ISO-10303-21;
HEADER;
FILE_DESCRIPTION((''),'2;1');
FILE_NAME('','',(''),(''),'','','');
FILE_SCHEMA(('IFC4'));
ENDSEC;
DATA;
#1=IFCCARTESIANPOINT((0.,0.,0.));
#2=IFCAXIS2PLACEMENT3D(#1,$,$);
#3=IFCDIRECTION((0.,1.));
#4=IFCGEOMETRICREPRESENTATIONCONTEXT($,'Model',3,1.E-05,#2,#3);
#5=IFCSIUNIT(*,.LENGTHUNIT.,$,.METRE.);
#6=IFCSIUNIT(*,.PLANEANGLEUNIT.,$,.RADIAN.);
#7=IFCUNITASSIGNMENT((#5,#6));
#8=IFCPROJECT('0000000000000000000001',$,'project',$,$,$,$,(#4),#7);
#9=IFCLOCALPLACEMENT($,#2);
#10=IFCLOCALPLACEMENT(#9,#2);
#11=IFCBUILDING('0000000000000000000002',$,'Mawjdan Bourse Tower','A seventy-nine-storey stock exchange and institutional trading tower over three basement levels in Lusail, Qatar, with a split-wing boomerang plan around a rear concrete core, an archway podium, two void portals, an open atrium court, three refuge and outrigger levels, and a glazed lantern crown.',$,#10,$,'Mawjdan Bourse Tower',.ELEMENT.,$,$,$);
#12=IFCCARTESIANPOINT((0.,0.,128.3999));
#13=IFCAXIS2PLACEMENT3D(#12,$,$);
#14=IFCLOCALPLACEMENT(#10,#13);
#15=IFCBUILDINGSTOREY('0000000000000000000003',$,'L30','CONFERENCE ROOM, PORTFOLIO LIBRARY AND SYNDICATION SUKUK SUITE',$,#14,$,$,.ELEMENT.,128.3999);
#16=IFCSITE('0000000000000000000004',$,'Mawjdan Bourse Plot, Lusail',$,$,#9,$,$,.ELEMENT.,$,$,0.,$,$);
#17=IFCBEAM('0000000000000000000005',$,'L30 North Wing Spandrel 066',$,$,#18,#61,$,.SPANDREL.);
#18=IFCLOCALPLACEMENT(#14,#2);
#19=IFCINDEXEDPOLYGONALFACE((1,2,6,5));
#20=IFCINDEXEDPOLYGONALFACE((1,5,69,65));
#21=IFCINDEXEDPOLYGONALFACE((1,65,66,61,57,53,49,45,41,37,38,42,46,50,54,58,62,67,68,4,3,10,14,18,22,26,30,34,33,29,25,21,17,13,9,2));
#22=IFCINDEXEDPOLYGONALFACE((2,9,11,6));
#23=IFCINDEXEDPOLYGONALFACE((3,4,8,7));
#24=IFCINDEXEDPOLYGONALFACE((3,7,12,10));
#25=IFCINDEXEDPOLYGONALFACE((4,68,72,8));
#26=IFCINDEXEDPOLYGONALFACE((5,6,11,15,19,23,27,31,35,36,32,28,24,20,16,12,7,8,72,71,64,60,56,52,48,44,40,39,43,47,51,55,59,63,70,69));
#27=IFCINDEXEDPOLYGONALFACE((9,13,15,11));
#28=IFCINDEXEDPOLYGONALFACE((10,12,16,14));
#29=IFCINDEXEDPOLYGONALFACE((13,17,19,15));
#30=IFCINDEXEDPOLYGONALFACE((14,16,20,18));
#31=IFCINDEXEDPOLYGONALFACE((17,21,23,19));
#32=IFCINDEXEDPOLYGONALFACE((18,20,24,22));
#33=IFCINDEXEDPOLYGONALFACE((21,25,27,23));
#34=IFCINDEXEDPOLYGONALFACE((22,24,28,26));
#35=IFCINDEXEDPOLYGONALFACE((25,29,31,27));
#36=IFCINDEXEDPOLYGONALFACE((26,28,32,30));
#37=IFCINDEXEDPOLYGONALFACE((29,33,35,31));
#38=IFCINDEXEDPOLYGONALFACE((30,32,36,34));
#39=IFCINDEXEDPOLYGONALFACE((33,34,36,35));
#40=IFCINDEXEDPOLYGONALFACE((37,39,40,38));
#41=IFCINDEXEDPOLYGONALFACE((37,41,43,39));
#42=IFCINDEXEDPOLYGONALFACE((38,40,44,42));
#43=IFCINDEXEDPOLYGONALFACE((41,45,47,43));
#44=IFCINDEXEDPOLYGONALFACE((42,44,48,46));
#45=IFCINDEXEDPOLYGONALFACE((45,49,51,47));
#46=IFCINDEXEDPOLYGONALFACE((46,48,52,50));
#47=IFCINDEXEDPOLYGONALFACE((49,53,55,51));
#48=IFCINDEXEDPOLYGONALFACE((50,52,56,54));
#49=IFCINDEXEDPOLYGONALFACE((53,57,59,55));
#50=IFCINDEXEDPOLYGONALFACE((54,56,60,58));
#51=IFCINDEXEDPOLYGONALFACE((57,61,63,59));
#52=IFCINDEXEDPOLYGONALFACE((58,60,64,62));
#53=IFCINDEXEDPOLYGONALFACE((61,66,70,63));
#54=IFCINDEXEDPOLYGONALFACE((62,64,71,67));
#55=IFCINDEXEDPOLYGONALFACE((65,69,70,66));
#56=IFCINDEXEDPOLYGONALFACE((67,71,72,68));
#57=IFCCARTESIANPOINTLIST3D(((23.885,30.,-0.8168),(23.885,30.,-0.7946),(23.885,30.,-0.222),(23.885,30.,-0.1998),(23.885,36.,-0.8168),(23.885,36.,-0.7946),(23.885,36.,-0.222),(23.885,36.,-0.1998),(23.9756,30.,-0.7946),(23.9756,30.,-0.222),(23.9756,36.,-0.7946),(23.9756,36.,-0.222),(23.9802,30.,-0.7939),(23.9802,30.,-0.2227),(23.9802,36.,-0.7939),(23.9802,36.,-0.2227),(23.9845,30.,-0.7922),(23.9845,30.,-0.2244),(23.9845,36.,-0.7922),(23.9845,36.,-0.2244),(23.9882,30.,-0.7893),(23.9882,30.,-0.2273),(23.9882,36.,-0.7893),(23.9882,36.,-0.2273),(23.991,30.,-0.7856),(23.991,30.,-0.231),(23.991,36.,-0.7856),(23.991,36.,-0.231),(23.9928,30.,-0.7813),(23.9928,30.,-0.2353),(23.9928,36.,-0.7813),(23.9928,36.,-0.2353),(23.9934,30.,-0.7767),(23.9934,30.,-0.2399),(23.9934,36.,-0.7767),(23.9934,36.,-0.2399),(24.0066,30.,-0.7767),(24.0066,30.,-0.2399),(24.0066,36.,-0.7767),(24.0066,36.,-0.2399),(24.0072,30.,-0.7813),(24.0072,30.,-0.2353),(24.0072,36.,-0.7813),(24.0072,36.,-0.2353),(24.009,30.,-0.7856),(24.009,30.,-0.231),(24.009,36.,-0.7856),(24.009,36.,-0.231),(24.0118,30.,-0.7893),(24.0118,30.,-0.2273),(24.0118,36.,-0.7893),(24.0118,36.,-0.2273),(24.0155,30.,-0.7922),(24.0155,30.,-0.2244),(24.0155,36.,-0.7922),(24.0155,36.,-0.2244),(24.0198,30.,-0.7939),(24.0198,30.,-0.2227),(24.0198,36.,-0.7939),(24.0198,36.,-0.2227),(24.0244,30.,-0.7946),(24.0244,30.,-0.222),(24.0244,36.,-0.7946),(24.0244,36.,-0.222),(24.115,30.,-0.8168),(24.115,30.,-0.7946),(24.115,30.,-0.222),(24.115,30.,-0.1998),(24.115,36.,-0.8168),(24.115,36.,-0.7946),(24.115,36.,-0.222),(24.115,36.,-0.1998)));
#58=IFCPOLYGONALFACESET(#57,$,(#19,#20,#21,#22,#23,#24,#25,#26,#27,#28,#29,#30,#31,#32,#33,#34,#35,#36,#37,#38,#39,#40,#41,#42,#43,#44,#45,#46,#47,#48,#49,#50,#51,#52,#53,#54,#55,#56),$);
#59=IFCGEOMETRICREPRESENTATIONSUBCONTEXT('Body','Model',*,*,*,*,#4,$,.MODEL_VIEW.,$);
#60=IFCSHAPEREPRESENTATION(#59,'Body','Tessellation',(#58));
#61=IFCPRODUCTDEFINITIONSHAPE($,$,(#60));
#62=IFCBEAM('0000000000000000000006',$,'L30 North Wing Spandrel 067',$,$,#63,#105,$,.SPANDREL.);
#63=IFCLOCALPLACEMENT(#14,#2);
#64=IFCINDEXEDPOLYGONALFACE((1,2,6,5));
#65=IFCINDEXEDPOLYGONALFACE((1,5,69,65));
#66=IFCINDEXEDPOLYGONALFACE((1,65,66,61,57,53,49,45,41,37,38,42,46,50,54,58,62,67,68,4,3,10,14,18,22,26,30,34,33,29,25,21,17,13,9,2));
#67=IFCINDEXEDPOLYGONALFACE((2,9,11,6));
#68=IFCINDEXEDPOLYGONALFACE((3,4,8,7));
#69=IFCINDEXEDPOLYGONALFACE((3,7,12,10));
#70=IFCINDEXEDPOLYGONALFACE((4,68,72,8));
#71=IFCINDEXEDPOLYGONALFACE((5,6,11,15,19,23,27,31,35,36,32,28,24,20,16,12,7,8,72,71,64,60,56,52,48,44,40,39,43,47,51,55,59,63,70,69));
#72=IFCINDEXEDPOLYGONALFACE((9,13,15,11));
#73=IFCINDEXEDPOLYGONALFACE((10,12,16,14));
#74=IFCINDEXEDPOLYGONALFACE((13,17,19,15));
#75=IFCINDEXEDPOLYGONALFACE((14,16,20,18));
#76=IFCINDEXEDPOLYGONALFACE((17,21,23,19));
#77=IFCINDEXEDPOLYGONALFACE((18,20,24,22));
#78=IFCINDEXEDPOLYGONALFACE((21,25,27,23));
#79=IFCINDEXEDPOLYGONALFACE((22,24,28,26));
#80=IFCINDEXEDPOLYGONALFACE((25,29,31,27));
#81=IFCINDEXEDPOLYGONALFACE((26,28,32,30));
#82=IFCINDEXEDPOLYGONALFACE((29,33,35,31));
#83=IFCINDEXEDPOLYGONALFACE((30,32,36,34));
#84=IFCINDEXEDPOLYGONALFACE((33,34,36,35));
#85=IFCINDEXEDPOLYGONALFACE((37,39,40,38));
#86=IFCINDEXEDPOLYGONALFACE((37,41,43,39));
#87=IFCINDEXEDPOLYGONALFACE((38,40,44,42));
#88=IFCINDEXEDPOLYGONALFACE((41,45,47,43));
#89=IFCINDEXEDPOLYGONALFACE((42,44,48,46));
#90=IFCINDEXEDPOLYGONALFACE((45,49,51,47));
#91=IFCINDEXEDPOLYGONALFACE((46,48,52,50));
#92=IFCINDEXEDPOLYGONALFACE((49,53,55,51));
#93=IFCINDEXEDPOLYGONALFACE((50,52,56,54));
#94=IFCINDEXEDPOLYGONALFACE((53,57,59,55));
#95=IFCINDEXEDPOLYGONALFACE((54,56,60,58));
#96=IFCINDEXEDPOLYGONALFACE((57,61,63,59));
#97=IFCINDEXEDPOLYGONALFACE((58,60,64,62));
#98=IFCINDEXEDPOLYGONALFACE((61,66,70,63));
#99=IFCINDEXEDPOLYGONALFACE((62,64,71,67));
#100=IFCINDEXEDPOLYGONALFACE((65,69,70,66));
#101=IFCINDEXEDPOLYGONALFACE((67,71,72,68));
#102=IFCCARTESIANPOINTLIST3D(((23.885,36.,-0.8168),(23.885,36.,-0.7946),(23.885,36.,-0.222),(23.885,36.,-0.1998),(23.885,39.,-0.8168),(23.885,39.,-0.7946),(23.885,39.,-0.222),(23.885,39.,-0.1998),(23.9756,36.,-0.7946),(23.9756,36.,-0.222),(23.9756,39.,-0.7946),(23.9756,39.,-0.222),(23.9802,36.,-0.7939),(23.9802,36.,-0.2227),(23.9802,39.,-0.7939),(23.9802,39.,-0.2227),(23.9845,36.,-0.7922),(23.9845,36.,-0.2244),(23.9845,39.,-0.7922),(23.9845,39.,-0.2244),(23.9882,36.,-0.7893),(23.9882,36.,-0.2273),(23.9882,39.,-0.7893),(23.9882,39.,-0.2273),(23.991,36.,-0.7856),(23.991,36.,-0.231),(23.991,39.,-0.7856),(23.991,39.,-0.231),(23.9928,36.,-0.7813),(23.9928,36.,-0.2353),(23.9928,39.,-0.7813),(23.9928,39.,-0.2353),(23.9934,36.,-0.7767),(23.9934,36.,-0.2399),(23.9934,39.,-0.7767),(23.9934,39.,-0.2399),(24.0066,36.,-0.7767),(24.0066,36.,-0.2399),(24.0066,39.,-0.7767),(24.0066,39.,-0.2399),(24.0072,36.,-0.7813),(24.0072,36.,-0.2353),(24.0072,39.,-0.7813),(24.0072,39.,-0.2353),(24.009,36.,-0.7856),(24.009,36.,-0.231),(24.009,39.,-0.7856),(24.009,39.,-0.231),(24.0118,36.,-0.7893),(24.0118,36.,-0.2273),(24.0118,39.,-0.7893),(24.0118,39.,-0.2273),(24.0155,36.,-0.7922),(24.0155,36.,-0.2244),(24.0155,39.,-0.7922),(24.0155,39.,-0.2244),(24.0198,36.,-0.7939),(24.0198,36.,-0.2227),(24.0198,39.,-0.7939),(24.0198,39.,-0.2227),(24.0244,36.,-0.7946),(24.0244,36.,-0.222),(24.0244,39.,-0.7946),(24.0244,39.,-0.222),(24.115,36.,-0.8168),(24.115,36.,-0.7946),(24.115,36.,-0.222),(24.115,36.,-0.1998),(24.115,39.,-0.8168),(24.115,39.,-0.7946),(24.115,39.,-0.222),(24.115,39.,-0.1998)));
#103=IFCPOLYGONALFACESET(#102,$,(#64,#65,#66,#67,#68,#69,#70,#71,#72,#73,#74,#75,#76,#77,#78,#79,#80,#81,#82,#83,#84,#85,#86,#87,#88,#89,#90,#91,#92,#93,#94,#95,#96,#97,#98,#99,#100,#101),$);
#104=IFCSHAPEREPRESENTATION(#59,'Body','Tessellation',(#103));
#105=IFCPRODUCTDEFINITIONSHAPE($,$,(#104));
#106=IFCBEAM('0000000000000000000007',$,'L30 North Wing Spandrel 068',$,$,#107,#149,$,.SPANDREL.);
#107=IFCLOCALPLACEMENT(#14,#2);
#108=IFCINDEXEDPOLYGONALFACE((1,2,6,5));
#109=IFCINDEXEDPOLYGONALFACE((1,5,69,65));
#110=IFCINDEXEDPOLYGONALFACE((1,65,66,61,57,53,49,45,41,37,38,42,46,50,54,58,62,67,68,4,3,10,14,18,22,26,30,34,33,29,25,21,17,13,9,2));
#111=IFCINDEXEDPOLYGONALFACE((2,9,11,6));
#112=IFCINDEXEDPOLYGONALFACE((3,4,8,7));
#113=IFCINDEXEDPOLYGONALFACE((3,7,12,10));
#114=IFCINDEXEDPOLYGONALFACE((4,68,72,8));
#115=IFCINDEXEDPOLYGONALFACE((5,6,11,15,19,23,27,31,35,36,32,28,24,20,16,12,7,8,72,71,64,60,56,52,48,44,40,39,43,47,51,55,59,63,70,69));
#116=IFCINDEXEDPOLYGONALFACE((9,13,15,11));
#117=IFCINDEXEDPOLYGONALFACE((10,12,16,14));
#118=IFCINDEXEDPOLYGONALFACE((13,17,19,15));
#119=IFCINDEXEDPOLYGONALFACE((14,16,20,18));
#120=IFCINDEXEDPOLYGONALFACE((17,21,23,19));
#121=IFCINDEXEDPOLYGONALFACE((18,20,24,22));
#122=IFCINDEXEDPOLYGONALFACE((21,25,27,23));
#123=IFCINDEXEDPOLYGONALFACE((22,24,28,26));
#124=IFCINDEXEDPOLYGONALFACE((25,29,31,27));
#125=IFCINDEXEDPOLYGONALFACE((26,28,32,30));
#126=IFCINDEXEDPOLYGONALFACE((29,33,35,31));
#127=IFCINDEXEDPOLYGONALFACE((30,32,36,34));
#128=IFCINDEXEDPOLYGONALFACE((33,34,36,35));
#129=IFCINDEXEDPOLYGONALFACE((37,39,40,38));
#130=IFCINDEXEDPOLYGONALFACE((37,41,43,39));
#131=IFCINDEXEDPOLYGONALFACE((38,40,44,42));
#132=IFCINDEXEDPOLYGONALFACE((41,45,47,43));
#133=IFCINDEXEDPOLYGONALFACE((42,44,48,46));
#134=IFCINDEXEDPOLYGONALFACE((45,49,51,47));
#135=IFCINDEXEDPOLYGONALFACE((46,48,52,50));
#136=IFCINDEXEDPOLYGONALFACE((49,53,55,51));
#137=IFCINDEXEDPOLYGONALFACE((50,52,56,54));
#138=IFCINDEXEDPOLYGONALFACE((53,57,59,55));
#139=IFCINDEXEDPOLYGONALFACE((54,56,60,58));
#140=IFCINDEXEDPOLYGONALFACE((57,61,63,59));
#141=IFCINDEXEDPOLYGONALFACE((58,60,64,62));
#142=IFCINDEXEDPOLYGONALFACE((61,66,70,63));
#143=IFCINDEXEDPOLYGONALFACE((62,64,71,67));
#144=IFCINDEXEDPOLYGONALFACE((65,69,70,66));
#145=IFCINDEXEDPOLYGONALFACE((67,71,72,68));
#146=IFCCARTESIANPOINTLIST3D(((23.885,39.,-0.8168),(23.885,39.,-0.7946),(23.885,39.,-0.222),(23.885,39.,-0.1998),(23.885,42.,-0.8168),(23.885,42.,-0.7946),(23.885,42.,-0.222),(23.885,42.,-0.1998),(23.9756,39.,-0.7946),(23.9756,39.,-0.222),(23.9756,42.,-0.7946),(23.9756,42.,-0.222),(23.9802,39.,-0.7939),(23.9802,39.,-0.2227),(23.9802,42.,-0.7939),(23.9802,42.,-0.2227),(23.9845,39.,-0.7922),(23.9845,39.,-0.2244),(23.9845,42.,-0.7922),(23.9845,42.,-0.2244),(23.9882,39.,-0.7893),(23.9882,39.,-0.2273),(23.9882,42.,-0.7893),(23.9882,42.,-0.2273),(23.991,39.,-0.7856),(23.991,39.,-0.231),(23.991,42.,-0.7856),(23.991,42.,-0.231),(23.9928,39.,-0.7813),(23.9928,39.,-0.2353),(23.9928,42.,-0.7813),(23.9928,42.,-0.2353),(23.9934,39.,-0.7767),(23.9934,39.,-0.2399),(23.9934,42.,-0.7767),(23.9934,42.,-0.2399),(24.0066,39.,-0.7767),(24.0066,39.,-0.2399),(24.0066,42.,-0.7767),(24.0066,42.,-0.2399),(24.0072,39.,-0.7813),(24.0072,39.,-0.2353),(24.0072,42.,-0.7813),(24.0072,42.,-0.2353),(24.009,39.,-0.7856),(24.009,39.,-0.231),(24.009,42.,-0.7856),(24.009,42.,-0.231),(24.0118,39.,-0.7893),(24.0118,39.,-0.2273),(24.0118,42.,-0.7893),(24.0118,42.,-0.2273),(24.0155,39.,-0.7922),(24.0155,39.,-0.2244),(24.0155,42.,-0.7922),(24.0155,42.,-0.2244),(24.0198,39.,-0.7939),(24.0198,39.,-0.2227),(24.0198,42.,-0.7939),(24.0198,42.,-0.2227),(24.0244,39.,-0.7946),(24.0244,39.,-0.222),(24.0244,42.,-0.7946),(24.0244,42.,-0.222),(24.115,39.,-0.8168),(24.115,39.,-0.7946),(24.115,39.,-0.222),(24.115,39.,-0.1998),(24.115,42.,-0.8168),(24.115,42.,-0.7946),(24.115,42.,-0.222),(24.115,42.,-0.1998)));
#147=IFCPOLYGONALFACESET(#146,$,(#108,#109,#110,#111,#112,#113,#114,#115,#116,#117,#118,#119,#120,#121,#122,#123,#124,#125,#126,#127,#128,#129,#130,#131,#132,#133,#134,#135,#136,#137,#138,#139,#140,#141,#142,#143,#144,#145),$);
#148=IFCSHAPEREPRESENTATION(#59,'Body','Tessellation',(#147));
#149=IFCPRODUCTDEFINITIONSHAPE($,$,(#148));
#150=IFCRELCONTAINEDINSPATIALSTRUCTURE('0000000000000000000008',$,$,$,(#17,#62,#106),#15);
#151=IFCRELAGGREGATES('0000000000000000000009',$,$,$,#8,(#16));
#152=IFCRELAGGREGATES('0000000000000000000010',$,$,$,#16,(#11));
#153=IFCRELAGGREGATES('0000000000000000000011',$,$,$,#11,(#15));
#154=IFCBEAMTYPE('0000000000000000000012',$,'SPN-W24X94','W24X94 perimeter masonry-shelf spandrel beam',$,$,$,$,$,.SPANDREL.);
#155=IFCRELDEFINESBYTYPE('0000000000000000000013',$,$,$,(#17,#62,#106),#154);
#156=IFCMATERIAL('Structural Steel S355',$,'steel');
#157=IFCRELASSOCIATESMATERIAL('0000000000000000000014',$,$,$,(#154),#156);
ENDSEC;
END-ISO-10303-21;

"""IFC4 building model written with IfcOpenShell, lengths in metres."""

from ifc_helpers import new_model, si_unit, direction, frame, origin, origin_2d, place, context, subcontext, project, spatial, i_section, extrude, material, material_profile, profile_set, type_object, element, save


model = new_model("IFC4")

# Units and contexts
model_context = context("Model", 3, precision=1e-05, world=origin(), true_north=direction((0.0, 1.0)))
body_context = subcontext(model_context, "Body", "Model", "MODEL_VIEW")
ifc_project = project(units=[si_unit("LENGTHUNIT", "METRE"), si_unit("PLANEANGLEUNIT", "RADIAN")], contexts=[model_context])

# Site, building, storey
site_placement = place(None, origin())
site = spatial("IfcSite", under=ifc_project, at=site_placement, Name="Mawjdan Bourse Plot, Lusail", CompositionType="ELEMENT", RefElevation=0.0)
building_placement = place(site_placement, origin())
building = spatial("IfcBuilding", under=site, at=building_placement, Name="Mawjdan Bourse Tower", Description="A seventy-nine-storey stock exchange and institutional trading tower over three basement levels in Lusail, Qatar, with a split-wing boomerang plan around a rear concrete core, an archway podium, two void portals, an open atrium court, three refuge and outrigger levels, and a glazed lantern crown.", LongName="Mawjdan Bourse Tower", CompositionType="ELEMENT")
storey_placement = place(building_placement, frame((0.0, 0.0, 128.3999)))
storey = spatial("IfcBuildingStorey", under=building, at=storey_placement, Name="L30", Description="CONFERENCE ROOM, PORTFOLIO LIBRARY AND SYNDICATION SUKUK SUITE", CompositionType="ELEMENT", Elevation=128.3999)

# Beams
ifc_material_1 = material(Name="Structural Steel S355", Category="steel")
ifc_material_profile_1 = material_profile(ifc_material_1, i_section(OverallWidth=0.23, OverallDepth=0.6169, WebThickness=0.0132, FlangeThickness=0.0222, FilletRadius=0.0178, at=origin_2d()), Name="W24X94")
ifc_profile_set_1 = profile_set([ifc_material_profile_1], Name="Structural Steel S355")
beam_type_1 = type_object("IfcBeamType", Name="SPN-W24X94", Description="W24X94 perimeter masonry-shelf spandrel beam", PredefinedType="SPANDREL", material=ifc_profile_set_1)
for number, where, z_axis, x_axis, name in (
    (1, (24.0, 30.0, -0.5083), (0.0, 1.0, 0.0), (-1.0, 0.0, 0.0), "L30 North Wing Spandrel 066"),
):
    element("IfcBeam", number, at=place(storey_placement, frame(where, z_axis=z_axis, x_axis=x_axis)), inside=storey, type_object=beam_type_1, Name=name, PredefinedType="SPANDREL", context=body_context, shape_type="SweptSolid", body=[
        extrude(i_section(OverallWidth=0.23, OverallDepth=0.6169, WebThickness=0.0132, FlangeThickness=0.0222, FilletRadius=0.0178, at=origin_2d()), origin(), (0.0, 0.0, 1.0), 6.0),
    ])
for number, where, z_axis, x_axis, name in (
    (2, (24.0, 36.0, -0.5083), (0.0, 1.0, 0.0), (-1.0, 0.0, 0.0), "L30 North Wing Spandrel 067"),
    (3, (24.0, 39.0, -0.5083), (0.0, 1.0, 0.0), (-1.0, 0.0, 0.0), "L30 North Wing Spandrel 068"),
):
    element("IfcBeam", number, at=place(storey_placement, frame(where, z_axis=z_axis, x_axis=x_axis)), inside=storey, type_object=beam_type_1, Name=name, PredefinedType="SPANDREL", context=body_context, shape_type="SweptSolid", body=[
        extrude(i_section(OverallWidth=0.23, OverallDepth=0.6169, WebThickness=0.0132, FlangeThickness=0.0222, FilletRadius=0.0178, at=origin_2d()), origin(), (0.0, 0.0, 1.0), 3.0),
    ])

save(model, "model.ifc")
